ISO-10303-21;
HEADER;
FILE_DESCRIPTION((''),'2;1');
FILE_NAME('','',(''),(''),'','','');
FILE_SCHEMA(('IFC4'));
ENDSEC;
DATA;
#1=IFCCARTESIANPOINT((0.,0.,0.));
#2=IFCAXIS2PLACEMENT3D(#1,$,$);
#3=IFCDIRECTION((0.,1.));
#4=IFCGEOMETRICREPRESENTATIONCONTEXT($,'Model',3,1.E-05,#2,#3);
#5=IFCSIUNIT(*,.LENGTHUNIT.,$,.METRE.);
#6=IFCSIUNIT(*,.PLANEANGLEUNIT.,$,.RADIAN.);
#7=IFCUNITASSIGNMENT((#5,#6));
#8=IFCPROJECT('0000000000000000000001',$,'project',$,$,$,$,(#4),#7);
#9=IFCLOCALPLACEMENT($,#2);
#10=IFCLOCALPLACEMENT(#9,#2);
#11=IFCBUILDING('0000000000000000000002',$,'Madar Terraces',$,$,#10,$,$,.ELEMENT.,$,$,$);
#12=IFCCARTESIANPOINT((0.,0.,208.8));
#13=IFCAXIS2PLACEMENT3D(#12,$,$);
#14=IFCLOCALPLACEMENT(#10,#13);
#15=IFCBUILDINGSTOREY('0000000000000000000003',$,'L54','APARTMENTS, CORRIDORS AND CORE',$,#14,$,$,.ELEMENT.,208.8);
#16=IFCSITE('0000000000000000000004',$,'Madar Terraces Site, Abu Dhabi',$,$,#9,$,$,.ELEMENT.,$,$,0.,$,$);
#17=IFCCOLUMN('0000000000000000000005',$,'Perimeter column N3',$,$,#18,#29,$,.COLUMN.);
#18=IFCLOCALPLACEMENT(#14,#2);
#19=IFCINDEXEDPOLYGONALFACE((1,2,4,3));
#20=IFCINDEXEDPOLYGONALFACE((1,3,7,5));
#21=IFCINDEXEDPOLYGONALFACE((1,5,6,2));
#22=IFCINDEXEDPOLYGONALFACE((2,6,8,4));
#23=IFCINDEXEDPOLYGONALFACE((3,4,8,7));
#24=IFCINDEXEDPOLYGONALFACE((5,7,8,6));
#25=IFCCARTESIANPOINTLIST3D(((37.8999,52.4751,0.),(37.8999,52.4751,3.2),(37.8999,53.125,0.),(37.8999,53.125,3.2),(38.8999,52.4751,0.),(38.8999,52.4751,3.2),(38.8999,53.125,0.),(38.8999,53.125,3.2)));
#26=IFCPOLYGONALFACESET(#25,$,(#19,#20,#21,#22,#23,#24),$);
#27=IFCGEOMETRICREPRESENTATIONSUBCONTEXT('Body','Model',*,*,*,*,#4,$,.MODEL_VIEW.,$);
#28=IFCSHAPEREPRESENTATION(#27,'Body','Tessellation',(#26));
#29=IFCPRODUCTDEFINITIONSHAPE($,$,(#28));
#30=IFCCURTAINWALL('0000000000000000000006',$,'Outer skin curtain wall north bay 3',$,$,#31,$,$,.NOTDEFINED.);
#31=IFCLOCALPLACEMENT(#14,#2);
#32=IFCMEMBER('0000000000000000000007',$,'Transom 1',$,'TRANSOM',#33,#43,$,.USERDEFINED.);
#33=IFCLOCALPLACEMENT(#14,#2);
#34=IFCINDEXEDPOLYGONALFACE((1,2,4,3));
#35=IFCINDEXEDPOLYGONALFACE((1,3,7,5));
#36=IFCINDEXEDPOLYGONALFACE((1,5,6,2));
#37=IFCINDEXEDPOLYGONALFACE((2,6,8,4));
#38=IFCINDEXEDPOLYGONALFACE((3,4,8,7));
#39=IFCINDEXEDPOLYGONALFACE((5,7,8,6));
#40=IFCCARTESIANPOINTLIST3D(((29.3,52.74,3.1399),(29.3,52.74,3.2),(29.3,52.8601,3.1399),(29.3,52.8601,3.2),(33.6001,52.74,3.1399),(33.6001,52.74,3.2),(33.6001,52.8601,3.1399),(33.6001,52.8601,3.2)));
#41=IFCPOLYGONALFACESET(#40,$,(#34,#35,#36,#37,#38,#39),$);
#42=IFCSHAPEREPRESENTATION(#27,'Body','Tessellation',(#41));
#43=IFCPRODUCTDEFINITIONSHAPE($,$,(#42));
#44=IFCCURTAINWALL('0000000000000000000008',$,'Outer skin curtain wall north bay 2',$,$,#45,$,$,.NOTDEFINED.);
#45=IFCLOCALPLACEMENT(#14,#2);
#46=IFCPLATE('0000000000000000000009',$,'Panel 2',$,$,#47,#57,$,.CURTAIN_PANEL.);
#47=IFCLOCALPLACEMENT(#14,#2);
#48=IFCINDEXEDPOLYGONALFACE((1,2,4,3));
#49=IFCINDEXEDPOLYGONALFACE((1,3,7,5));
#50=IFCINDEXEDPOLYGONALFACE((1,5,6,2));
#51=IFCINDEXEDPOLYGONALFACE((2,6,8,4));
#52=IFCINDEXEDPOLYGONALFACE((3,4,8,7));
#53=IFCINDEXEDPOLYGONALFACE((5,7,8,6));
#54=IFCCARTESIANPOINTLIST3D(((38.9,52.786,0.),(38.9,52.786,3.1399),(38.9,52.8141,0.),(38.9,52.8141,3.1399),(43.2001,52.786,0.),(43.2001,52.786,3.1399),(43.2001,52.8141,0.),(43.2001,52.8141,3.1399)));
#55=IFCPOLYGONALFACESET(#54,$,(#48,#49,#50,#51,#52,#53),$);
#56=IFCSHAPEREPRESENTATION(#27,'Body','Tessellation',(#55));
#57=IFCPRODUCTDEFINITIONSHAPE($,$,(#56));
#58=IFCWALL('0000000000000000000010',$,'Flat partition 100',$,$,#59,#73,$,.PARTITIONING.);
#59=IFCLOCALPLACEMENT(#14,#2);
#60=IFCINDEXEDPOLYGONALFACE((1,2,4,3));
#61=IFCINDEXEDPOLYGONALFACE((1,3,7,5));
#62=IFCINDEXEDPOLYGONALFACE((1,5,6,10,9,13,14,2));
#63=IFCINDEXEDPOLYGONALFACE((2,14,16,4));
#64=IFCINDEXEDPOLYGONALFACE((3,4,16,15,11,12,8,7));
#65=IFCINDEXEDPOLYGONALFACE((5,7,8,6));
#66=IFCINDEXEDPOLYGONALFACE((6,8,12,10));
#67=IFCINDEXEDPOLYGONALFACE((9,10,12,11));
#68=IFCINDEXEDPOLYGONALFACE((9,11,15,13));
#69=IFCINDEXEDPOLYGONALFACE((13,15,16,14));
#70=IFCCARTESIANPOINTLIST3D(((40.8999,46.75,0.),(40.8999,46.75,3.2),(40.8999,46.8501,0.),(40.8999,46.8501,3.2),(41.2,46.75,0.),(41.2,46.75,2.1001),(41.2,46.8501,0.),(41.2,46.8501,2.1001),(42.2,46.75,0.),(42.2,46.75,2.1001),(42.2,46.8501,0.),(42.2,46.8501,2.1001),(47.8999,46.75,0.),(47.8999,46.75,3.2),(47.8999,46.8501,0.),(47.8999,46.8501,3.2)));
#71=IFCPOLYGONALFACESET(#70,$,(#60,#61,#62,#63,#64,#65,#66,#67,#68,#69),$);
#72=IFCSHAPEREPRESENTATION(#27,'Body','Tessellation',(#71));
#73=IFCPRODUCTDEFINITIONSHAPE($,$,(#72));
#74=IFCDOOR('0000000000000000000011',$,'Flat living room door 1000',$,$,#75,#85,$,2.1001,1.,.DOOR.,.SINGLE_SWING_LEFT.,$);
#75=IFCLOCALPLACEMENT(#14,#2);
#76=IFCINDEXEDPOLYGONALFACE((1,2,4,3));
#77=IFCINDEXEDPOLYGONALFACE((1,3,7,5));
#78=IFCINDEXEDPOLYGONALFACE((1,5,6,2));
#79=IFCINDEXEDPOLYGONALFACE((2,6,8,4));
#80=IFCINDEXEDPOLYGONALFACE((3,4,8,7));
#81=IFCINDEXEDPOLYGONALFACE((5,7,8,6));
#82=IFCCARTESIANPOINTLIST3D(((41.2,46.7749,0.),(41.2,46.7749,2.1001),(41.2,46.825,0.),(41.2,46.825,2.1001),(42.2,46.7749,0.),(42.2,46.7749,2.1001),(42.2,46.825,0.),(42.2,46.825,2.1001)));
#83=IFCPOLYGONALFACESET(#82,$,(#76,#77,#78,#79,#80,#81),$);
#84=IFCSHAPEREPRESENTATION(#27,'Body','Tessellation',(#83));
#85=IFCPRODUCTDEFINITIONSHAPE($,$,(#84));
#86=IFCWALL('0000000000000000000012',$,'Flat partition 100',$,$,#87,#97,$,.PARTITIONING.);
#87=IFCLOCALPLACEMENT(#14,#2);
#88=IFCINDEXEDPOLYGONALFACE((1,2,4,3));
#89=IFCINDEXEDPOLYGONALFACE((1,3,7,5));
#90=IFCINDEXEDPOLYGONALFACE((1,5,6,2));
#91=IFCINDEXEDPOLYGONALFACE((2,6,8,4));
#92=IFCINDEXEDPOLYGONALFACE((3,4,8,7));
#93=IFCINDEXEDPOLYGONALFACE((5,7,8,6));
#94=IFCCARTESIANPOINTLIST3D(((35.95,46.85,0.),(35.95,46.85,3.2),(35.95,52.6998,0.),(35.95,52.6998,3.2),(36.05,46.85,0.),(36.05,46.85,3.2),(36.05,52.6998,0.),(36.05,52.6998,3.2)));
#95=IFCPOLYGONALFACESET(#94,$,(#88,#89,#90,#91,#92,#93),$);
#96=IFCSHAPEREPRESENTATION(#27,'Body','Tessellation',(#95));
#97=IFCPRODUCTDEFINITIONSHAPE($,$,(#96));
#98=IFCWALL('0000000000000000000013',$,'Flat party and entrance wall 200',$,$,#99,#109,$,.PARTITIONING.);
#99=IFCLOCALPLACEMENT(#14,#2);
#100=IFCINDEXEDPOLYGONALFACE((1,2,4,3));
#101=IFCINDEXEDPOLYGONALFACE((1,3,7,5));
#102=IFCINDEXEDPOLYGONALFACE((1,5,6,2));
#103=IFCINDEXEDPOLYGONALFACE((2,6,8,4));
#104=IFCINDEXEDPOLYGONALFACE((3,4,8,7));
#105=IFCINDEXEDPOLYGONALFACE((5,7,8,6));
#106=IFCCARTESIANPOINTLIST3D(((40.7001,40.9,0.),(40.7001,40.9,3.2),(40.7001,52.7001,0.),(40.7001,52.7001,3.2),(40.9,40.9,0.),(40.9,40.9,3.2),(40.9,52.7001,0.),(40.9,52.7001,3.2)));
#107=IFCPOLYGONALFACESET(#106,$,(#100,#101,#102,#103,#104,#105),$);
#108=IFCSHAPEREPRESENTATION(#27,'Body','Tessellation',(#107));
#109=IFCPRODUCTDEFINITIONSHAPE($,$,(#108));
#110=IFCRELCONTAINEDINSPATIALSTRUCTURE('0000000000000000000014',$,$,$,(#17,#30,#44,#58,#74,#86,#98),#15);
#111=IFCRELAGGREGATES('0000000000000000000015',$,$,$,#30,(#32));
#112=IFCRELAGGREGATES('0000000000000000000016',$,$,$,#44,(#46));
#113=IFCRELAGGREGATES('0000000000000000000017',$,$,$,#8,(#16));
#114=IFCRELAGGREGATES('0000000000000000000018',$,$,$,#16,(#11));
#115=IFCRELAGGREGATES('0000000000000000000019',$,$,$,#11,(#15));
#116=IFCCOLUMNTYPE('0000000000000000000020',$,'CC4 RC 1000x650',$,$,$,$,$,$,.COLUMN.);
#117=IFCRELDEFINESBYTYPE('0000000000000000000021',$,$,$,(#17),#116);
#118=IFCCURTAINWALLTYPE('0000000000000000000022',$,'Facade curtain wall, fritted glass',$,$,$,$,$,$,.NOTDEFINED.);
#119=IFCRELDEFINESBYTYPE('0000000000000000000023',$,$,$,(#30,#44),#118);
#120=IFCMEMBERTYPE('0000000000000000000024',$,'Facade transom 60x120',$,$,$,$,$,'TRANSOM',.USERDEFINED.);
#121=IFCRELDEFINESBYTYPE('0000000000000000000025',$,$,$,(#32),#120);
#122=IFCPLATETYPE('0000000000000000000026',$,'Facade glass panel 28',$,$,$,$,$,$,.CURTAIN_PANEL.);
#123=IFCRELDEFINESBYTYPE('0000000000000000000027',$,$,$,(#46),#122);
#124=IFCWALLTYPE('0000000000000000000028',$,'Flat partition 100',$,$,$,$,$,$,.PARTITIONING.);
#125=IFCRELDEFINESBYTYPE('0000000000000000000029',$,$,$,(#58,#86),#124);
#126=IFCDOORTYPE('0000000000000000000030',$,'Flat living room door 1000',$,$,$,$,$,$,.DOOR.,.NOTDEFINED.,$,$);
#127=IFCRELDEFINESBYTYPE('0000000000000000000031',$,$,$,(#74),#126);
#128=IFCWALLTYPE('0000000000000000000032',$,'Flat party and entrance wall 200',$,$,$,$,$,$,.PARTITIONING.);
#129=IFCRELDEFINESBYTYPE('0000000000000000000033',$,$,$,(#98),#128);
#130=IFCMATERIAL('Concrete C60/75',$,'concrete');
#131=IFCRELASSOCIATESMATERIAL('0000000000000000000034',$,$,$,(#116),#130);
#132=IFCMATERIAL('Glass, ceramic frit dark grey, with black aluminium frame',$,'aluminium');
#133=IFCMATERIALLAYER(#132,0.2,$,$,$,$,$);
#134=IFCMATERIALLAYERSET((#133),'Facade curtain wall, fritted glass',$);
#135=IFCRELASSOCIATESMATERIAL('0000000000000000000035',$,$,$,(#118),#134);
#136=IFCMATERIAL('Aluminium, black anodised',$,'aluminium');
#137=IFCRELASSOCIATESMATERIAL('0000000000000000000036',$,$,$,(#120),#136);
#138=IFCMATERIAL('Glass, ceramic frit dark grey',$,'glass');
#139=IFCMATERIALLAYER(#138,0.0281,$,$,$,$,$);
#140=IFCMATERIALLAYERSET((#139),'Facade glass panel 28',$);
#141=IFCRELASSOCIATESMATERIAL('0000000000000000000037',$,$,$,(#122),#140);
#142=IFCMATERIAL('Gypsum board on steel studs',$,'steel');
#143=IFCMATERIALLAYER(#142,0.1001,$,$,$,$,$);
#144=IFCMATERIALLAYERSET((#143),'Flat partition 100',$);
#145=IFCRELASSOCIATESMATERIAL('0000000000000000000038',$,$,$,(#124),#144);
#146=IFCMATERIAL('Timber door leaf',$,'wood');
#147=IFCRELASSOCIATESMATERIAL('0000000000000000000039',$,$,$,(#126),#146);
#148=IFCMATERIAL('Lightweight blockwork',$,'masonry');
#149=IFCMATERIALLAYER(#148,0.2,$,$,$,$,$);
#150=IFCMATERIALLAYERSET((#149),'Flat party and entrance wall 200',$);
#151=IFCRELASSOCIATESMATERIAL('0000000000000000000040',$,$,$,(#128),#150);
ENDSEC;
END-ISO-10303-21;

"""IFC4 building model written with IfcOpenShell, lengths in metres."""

from ifc_helpers import new_model, si_unit, direction, frame, frame_2d, origin, origin_2d, place, context, subcontext, project, spatial, rectangle, extrude, material, layer, layer_set, material_profile, profile_set, type_object, element, fill, aggregate, save


model = new_model("IFC4")

# Units and contexts
model_context = context("Model", 3, precision=1e-05, world=origin(), true_north=direction((0.0, 1.0)))
body_context = subcontext(model_context, "Body", "Model", "MODEL_VIEW")
ifc_project = project(units=[si_unit("LENGTHUNIT", "METRE"), si_unit("PLANEANGLEUNIT", "RADIAN")], contexts=[model_context])

# Site, building, storey
site_placement = place(None, origin())
site = spatial("IfcSite", under=ifc_project, at=site_placement, Name="Madar Terraces Site, Abu Dhabi", CompositionType="ELEMENT", RefElevation=0.0)
building_placement = place(site_placement, origin())
building = spatial("IfcBuilding", under=site, at=building_placement, Name="Madar Terraces", CompositionType="ELEMENT")
storey_placement = place(building_placement, frame((0.0, 0.0, 208.8)))
storey = spatial("IfcBuildingStorey", under=building, at=storey_placement, Name="L54", Description="APARTMENTS, CORRIDORS AND CORE", CompositionType="ELEMENT", Elevation=208.8)

# Column
ifc_material_1 = material(Name="Concrete C60/75", Category="concrete")
ifc_material_profile_1 = material_profile(ifc_material_1, rectangle(XDim=1.0, YDim=0.6499, at=origin_2d()), Name="CC4 RC 1000x650")
ifc_profile_set_1 = profile_set([ifc_material_profile_1], Name="Concrete C60/75")
column_type = type_object("IfcColumnType", Name="CC4 RC 1000x650", PredefinedType="COLUMN", material=ifc_profile_set_1)
column_placement = place(storey_placement, frame((38.3999, 52.8, 0.0), z_axis=(0.0, 0.0, 1.0), x_axis=(1.0, 0.0, 0.0)))
element("IfcColumn", 1, at=column_placement, inside=storey, type_object=column_type, Name="Perimeter column N3", PredefinedType="COLUMN", context=body_context, shape_type="SweptSolid", body=[
    extrude(rectangle(XDim=1.0, YDim=0.6499, at=origin_2d()), origin(), (0.0, 0.0, 1.0), 3.2),
])

# Curtain wall, member
ifc_material_2 = material(Name="Glass, ceramic frit dark grey, with black aluminium frame", Category="aluminium")
ifc_layer_1 = layer(ifc_material_2, 0.2)
ifc_layer_set_1 = layer_set([ifc_layer_1], Name="Facade curtain wall, fritted glass")
curtain_wall_type = type_object("IfcCurtainWallType", Name="Facade curtain wall, fritted glass", PredefinedType="NOTDEFINED", material=ifc_layer_set_1)
curtain_wall_1_placement = place(storey_placement, origin())
curtain_wall_1 = element("IfcCurtainWall", 2, at=curtain_wall_1_placement, inside=storey, type_object=curtain_wall_type, Name="Outer skin curtain wall north bay 3", PredefinedType="NOTDEFINED")
ifc_material_3 = material(Name="Aluminium, black anodised", Category="aluminium")
ifc_material_profile_2 = material_profile(ifc_material_3, rectangle(XDim=0.1201, YDim=0.0601, at=origin_2d()), Name="Facade transom 60x120")
ifc_profile_set_2 = profile_set([ifc_material_profile_2], Name="Aluminium, black anodised")
member_type = type_object("IfcMemberType", Name="Facade transom 60x120", ElementType="TRANSOM", PredefinedType="USERDEFINED", material=ifc_profile_set_2)
member_placement = place(storey_placement, frame((33.6001, 52.8, 3.1699), z_axis=(-1.0, 0.0, 0.0), x_axis=(0.0, -1.0, 0.0)))
member = element("IfcMember", 3, at=member_placement, type_object=member_type, Name="Transom 1", ObjectType="TRANSOM", PredefinedType="USERDEFINED", context=body_context, shape_type="SweptSolid", body=[
    extrude(rectangle(XDim=0.1201, YDim=0.0601, at=origin_2d()), origin(), (0.0, 0.0, 1.0), 4.3),
])
aggregate(curtain_wall_1, [member])

# Curtain wall, plate
curtain_wall_2_placement = place(storey_placement, origin())
curtain_wall_2 = element("IfcCurtainWall", 4, at=curtain_wall_2_placement, inside=storey, type_object=curtain_wall_type, Name="Outer skin curtain wall north bay 2", PredefinedType="NOTDEFINED")
ifc_material_4 = material(Name="Glass, ceramic frit dark grey", Category="glass")
ifc_layer_2 = layer(ifc_material_4, 0.0281)
ifc_layer_set_2 = layer_set([ifc_layer_2], Name="Facade glass panel 28")
plate_type = type_object("IfcPlateType", Name="Facade glass panel 28", PredefinedType="CURTAIN_PANEL", material=ifc_layer_set_2)
plate_placement = place(storey_placement, frame((41.05, 52.8, 0.0), z_axis=(0.0, 0.0, 1.0), x_axis=(-1.0, 0.0, 0.0)))
plate = element("IfcPlate", 5, at=plate_placement, type_object=plate_type, Name="Panel 2", PredefinedType="CURTAIN_PANEL", context=body_context, shape_type="SweptSolid", body=[
    extrude(rectangle(XDim=4.3, YDim=0.0281, at=origin_2d()), origin(), (0.0, 0.0, 1.0), 3.1399),
])
aggregate(curtain_wall_2, [plate])

# Wall, opening, door
ifc_material_5 = material(Name="Gypsum board on steel studs", Category="steel")
ifc_layer_3 = layer(ifc_material_5, 0.1001)
ifc_layer_set_3 = layer_set([ifc_layer_3], Name="Flat partition 100")
wall_type_1 = type_object("IfcWallType", Name="Flat partition 100", PredefinedType="PARTITIONING", material=ifc_layer_set_3)
wall_1_placement = place(storey_placement, frame((40.8999, 46.8, 0.0), z_axis=(0.0, 0.0, 1.0), x_axis=(1.0, 0.0, 0.0)))
wall_1 = element("IfcWall", 6, at=wall_1_placement, inside=storey, type_object=wall_type_1, Name="Flat partition 100", PredefinedType="PARTITIONING", context=body_context, shape_type="SweptSolid", body=[
    extrude(rectangle(XDim=7.0, YDim=0.1001, at=frame_2d((3.5, 0.0))), origin(), (0.0, 0.0, 1.0), 3.2),
])
opening_1_placement = place(wall_1_placement, frame((0.3, 0.0, 0.0)))
opening_1 = element("IfcOpeningElement", 7, at=opening_1_placement, cuts=wall_1, PredefinedType="OPENING", context=body_context, shape_type="SweptSolid", body=[
    extrude(rectangle(XDim=1.0, YDim=2.1001, at=frame_2d((0.5, 1.05))), frame((0.0, 0.0601, 0.0), z_axis=(0.0, -1.0, 0.0), x_axis=(1.0, 0.0, 0.0)), (0.0, 0.0, 1.0), 0.1201),
])
ifc_material_6 = material(Name="Timber door leaf", Category="wood")
door_type_1 = type_object("IfcDoorType", Name="Flat living room door 1000", OperationType="NOTDEFINED", PredefinedType="DOOR", material=ifc_material_6)
door_1_placement = place(opening_1_placement, origin())
door_1 = element("IfcDoor", 8, at=door_1_placement, inside=storey, type_object=door_type_1, Name="Flat living room door 1000", OperationType="SINGLE_SWING_LEFT", OverallHeight=2.1001, OverallWidth=1.0, PredefinedType="DOOR", context=body_context, shape_type="SweptSolid", body=[
    extrude(rectangle(XDim=1.0, YDim=2.1001, at=frame_2d((0.5, 1.05))), frame((0.0, 0.0249, 0.0), z_axis=(0.0, -1.0, 0.0), x_axis=(1.0, 0.0, 0.0)), (0.0, 0.0, 1.0), 0.05),
])
fill(opening_1, door_1)

# Walls
wall_2_placement = place(storey_placement, frame((36.0, 46.8501, 0.0), z_axis=(0.0, 0.0, 1.0), x_axis=(0.0, 1.0, 0.0)))
element("IfcWall", 9, at=wall_2_placement, inside=storey, type_object=wall_type_1, Name="Flat partition 100", PredefinedType="PARTITIONING", context=body_context, shape_type="SweptSolid", body=[
    extrude(rectangle(XDim=5.8499, YDim=0.1001, at=frame_2d((2.9248, 0.0))), origin(), (0.0, 0.0, 1.0), 3.2),
])
ifc_material_7 = material(Name="Lightweight blockwork", Category="masonry")
ifc_layer_4 = layer(ifc_material_7, 0.2)
ifc_layer_set_4 = layer_set([ifc_layer_4], Name="Flat party and entrance wall 200")
wall_type_2 = type_object("IfcWallType", Name="Flat party and entrance wall 200", PredefinedType="PARTITIONING", material=ifc_layer_set_4)
wall_3_placement = place(storey_placement, frame((40.8, 52.7, 0.0), z_axis=(0.0, 0.0, 1.0), x_axis=(0.0, -1.0, 0.0)))
element("IfcWall", 10, at=wall_3_placement, inside=storey, type_object=wall_type_2, Name="Flat party and entrance wall 200", PredefinedType="PARTITIONING", context=body_context, shape_type="SweptSolid", body=[
    extrude(rectangle(XDim=11.8, YDim=0.2, at=frame_2d((5.8999, 0.0))), origin(), (0.0, 0.0, 1.0), 3.2),
])

save(model, "model.ifc")
